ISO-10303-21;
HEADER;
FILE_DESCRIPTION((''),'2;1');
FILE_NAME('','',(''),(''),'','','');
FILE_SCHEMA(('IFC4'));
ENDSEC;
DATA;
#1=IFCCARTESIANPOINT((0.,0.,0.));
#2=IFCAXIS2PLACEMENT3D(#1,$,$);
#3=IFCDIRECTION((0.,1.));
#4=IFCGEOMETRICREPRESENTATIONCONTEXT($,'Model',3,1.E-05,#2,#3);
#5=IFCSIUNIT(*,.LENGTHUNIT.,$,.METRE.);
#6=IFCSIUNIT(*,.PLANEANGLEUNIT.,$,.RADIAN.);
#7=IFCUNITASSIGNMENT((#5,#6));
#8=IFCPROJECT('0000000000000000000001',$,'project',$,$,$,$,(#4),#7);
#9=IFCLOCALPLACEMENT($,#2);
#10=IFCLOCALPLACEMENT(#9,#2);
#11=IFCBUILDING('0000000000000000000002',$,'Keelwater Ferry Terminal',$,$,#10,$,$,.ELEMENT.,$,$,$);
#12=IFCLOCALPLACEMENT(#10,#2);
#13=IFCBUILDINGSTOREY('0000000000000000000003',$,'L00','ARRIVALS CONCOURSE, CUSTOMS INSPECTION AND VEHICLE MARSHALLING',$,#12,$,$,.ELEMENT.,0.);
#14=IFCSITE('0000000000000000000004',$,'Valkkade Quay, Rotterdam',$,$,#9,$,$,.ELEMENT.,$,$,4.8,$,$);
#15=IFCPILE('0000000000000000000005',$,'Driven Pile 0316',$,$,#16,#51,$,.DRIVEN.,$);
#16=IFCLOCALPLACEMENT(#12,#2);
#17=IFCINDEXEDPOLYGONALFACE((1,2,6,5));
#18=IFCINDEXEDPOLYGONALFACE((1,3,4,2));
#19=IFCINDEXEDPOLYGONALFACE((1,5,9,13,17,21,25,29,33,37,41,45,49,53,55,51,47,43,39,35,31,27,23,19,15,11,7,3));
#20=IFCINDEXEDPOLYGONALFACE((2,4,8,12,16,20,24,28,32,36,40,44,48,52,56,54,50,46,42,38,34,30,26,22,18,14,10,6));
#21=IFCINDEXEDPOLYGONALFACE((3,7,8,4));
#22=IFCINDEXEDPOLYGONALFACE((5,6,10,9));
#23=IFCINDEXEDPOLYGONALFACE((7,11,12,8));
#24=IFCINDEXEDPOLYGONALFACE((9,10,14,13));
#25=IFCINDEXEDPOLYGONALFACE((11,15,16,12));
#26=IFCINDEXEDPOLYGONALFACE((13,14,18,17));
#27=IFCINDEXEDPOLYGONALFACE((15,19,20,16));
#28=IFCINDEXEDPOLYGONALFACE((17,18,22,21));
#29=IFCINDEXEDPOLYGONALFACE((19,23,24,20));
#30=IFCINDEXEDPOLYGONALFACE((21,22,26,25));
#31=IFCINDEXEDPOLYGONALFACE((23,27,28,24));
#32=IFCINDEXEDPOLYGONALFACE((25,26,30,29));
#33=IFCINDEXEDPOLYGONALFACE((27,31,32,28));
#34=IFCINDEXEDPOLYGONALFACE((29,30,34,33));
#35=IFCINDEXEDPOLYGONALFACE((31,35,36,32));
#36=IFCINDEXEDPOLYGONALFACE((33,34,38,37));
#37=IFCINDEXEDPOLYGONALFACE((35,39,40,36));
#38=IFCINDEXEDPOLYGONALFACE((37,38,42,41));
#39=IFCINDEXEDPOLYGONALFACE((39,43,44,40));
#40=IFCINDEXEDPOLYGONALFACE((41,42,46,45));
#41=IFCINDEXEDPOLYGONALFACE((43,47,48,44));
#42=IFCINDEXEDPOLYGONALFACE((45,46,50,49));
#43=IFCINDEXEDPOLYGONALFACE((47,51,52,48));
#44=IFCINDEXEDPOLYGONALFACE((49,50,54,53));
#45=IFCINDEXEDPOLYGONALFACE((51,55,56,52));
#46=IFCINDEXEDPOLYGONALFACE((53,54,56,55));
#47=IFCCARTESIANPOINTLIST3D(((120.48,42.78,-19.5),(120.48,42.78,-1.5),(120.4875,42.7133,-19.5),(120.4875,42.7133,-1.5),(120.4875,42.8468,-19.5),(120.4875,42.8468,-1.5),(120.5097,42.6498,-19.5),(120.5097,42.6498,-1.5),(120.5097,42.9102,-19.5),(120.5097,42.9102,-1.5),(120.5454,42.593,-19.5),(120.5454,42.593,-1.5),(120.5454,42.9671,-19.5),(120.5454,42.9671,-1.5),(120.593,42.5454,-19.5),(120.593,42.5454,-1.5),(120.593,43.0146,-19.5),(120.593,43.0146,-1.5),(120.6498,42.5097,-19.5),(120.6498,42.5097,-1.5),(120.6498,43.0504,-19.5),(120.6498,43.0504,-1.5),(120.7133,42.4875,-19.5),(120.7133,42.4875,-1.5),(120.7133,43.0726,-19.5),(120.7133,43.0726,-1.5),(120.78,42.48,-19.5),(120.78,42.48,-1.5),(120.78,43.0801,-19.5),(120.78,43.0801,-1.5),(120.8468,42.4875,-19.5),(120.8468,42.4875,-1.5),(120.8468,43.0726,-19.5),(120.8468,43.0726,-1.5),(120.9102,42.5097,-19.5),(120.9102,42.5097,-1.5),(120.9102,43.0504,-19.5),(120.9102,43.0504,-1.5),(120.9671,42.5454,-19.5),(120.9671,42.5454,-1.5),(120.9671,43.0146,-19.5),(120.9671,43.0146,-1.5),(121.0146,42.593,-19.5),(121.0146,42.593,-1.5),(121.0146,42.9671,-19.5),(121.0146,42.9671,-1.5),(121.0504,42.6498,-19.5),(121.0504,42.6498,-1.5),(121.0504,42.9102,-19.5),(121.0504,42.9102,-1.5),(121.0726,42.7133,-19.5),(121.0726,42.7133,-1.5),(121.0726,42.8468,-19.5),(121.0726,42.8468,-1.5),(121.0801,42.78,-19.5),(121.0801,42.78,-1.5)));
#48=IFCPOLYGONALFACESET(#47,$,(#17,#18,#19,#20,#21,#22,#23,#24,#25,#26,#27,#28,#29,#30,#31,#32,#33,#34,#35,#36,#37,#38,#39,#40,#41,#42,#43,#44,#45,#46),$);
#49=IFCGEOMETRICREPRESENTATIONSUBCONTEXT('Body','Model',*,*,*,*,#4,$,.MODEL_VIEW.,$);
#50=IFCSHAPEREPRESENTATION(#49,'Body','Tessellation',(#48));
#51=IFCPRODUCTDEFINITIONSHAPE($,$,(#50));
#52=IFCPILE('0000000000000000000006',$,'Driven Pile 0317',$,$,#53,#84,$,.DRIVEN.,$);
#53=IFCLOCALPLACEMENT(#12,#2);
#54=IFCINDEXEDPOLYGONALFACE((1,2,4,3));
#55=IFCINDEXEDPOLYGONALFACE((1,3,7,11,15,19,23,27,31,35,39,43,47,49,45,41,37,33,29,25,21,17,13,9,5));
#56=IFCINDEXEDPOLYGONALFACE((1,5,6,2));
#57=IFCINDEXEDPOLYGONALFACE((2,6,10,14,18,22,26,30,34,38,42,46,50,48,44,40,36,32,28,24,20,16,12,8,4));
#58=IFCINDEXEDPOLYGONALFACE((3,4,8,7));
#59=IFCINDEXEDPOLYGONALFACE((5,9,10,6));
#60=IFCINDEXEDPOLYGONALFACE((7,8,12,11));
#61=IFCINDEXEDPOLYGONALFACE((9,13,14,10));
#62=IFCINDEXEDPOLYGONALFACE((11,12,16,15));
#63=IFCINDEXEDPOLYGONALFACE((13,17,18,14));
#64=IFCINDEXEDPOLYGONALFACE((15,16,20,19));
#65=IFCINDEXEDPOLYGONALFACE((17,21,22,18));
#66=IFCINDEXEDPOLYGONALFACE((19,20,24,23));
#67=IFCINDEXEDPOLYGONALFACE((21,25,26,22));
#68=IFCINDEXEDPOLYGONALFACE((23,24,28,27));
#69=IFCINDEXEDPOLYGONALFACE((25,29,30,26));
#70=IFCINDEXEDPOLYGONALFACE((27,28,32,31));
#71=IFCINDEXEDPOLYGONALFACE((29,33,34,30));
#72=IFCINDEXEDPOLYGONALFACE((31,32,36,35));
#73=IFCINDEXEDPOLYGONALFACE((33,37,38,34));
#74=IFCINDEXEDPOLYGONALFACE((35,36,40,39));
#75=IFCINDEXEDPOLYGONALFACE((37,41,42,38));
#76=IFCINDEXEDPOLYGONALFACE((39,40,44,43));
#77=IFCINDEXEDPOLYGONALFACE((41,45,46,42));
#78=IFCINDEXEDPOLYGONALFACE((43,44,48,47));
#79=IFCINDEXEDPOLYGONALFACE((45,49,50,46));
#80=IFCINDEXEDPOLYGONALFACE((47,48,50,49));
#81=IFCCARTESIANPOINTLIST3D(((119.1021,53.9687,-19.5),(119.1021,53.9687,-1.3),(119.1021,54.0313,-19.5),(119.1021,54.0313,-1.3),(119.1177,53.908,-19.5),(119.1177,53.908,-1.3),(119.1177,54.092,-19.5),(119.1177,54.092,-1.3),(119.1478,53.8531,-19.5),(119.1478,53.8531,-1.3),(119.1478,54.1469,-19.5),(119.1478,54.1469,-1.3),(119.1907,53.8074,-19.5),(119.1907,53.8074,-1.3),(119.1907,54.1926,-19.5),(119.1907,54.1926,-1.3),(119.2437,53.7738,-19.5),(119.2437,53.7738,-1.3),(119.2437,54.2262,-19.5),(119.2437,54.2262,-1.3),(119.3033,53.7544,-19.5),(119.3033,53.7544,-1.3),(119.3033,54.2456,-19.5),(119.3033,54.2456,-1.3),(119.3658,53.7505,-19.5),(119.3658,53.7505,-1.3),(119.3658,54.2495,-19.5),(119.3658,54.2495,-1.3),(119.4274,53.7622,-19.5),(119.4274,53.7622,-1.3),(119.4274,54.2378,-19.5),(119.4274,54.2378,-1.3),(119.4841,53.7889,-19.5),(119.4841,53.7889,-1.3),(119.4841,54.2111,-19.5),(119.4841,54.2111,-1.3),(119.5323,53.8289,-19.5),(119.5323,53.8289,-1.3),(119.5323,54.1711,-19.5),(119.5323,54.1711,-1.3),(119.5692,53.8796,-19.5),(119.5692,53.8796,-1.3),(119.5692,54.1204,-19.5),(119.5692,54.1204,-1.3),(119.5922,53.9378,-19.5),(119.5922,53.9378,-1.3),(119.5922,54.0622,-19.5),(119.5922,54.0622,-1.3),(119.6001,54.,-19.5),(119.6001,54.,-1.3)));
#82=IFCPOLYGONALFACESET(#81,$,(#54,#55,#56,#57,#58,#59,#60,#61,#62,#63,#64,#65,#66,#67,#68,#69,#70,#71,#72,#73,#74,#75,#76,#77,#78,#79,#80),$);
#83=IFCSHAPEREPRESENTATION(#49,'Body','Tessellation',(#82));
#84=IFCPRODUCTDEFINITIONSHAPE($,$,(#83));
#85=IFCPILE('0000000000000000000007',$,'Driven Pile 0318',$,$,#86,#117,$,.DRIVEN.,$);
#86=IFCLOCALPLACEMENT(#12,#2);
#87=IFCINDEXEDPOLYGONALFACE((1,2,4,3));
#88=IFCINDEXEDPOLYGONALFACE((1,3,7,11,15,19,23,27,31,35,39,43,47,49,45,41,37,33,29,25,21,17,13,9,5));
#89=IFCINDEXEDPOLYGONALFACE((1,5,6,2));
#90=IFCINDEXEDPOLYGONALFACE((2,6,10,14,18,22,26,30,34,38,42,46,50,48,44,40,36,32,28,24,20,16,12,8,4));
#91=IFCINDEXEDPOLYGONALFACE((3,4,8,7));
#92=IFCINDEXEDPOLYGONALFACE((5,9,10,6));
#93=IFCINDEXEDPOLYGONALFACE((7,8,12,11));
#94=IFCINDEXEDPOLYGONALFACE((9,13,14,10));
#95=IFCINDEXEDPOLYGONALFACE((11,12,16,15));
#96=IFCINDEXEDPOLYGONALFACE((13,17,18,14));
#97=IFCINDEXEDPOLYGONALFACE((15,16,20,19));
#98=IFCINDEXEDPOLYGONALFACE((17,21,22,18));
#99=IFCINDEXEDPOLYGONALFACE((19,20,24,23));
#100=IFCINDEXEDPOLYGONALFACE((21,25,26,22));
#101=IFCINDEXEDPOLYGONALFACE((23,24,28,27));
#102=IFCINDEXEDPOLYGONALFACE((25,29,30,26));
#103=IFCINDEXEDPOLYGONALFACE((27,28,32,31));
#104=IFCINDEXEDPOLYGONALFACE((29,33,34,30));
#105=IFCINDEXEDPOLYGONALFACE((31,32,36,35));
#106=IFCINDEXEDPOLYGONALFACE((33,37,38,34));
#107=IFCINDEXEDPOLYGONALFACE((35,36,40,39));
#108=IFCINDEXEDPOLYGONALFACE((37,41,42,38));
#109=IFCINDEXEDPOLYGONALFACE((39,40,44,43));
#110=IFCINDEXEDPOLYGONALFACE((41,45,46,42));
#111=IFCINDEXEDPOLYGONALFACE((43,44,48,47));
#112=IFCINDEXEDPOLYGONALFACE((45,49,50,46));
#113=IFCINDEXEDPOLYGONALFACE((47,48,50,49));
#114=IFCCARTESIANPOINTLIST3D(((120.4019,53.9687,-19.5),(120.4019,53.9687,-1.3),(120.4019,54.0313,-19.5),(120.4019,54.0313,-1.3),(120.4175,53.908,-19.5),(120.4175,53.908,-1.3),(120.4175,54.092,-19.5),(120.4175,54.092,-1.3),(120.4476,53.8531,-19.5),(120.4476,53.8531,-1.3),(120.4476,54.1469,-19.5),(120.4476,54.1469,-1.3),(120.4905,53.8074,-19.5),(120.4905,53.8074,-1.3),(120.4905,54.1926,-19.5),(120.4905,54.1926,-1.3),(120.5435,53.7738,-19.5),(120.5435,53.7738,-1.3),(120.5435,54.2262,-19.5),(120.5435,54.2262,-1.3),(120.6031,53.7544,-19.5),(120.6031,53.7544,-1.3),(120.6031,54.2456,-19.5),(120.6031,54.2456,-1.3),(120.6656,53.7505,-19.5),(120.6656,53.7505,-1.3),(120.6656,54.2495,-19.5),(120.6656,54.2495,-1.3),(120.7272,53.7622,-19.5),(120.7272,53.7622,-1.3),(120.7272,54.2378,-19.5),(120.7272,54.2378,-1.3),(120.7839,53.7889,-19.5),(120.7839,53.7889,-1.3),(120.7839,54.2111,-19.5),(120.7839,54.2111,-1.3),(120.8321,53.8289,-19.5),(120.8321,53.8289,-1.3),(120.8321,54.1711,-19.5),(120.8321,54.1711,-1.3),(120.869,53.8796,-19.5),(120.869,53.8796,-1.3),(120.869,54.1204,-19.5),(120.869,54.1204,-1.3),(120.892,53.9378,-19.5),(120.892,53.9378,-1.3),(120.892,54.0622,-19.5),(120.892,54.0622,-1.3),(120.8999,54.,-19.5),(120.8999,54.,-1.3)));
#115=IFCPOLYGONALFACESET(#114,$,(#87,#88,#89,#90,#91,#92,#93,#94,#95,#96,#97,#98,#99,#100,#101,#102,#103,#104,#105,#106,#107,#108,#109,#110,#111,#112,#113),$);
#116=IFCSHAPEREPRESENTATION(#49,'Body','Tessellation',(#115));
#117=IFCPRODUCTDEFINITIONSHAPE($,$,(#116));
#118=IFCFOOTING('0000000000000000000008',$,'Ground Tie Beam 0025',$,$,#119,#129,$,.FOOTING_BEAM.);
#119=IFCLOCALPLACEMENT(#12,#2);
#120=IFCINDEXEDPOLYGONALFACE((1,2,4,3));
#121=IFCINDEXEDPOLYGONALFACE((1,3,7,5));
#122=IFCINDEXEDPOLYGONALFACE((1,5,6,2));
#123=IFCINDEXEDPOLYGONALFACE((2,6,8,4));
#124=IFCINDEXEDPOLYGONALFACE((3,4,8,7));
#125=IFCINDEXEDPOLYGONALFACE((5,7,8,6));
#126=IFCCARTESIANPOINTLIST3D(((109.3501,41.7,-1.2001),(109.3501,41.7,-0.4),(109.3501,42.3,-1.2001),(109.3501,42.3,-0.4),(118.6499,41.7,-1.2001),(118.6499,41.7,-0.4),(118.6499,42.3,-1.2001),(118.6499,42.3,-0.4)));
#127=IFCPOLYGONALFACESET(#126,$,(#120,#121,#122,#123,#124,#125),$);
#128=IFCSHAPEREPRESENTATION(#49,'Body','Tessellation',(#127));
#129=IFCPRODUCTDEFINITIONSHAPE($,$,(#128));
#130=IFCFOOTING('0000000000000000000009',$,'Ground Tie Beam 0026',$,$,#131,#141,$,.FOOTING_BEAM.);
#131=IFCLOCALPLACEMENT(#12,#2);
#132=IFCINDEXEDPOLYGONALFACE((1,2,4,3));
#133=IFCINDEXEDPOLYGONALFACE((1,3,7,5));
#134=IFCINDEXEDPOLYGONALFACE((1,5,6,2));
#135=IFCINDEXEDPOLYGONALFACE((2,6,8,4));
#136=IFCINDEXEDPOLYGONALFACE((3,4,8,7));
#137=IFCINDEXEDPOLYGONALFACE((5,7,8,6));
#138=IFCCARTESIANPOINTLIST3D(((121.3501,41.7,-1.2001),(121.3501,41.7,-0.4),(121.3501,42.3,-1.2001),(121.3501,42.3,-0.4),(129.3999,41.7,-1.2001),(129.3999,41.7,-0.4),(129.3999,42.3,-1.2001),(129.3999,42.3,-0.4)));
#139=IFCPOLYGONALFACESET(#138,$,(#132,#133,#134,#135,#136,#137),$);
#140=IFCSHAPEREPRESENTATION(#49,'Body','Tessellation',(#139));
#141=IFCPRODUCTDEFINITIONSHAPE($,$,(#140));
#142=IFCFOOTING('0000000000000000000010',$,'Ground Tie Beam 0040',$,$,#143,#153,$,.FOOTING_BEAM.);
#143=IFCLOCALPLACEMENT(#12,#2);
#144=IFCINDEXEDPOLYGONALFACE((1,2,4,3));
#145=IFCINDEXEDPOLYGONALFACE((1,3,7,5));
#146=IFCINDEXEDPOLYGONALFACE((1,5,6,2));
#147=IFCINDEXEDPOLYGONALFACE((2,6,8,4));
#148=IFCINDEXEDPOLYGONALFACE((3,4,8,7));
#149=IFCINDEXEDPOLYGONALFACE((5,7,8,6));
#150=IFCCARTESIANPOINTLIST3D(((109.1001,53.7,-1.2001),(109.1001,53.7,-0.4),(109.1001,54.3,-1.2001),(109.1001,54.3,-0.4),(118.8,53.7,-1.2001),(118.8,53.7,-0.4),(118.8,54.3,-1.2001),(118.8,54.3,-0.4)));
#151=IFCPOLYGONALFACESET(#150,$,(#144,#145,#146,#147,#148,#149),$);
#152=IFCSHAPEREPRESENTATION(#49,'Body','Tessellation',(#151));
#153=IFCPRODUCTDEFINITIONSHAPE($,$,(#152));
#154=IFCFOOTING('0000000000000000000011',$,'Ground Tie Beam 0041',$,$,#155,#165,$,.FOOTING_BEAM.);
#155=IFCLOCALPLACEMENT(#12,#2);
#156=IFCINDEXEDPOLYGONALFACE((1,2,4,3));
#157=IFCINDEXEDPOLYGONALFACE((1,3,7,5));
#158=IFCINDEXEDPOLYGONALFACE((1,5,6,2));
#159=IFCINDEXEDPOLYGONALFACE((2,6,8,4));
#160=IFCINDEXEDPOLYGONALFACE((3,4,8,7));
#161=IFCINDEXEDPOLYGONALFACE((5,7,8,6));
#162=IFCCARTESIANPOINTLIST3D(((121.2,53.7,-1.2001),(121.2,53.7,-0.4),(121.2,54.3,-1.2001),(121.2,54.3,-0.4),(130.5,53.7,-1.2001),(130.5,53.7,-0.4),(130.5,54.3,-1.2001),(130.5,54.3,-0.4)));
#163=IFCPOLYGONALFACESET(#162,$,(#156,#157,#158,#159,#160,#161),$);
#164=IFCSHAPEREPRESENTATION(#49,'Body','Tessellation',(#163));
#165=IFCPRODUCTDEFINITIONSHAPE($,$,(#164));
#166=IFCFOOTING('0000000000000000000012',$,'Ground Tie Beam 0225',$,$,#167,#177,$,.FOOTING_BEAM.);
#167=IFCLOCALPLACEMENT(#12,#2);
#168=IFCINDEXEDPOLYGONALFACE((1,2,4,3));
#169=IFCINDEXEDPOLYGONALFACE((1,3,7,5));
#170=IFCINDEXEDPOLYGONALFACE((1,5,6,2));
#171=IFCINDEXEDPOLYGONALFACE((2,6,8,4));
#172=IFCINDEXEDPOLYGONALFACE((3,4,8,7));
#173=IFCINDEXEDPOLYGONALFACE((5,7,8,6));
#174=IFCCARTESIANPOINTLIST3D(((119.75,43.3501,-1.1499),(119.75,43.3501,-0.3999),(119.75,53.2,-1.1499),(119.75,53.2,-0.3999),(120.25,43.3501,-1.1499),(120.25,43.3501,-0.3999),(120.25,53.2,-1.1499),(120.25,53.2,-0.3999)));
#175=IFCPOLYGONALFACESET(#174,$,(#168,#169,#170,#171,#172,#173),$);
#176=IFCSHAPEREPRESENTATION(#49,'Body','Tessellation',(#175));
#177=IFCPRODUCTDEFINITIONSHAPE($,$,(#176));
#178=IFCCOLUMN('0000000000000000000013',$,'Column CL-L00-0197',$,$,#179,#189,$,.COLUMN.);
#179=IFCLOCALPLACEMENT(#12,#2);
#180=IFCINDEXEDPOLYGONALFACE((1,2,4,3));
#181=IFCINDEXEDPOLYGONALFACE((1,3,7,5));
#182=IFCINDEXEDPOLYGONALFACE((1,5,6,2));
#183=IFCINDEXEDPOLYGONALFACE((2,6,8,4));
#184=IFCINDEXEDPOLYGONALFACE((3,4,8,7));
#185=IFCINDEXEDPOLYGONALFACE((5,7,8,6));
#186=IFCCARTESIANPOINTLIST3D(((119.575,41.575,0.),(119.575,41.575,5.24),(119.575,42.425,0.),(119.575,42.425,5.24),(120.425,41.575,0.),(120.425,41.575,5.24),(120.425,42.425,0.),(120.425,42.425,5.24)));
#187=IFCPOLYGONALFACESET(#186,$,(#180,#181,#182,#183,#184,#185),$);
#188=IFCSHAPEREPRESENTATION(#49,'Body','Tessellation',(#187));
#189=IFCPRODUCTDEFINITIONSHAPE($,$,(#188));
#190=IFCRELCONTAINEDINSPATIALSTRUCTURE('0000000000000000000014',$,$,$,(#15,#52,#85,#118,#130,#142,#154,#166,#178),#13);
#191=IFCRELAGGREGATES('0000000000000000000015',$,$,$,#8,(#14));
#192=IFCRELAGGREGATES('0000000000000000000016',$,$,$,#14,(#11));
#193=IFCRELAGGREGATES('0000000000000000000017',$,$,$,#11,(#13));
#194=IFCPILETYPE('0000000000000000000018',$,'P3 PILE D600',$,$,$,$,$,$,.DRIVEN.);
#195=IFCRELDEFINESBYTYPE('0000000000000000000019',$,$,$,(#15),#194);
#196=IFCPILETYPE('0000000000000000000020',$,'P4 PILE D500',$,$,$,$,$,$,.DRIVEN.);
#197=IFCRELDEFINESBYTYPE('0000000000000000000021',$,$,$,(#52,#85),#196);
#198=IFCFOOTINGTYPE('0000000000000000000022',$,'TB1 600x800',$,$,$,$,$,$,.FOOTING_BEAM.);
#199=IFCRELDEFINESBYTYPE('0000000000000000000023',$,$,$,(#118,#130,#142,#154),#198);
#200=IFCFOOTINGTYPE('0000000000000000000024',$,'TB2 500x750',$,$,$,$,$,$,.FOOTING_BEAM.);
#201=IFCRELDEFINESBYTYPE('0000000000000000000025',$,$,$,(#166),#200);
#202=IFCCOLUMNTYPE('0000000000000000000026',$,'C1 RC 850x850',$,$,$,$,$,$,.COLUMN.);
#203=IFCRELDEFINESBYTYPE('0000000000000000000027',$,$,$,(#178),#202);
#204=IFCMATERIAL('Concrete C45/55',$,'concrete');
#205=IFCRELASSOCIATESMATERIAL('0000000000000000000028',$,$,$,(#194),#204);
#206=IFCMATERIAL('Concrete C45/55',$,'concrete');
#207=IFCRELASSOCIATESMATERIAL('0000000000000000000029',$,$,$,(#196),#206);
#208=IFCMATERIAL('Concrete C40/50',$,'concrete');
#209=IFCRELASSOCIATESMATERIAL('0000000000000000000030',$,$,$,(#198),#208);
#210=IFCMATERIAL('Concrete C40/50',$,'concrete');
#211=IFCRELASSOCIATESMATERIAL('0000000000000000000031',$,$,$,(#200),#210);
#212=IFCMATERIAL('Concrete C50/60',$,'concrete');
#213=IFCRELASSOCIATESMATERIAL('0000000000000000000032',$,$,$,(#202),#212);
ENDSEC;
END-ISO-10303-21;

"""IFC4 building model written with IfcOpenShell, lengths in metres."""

from ifc_helpers import new_model, si_unit, direction, frame, origin, origin_2d, place, context, subcontext, project, spatial, rectangle, circle, extrude, material, material_profile, profile_set, type_object, element, save


model = new_model("IFC4")

# Units and contexts
model_context = context("Model", 3, precision=1e-05, world=origin(), true_north=direction((0.0, 1.0)))
body_context = subcontext(model_context, "Body", "Model", "MODEL_VIEW")
ifc_project = project(units=[si_unit("LENGTHUNIT", "METRE"), si_unit("PLANEANGLEUNIT", "RADIAN")], contexts=[model_context])

# Site, building, storey
site_placement = place(None, origin())
site = spatial("IfcSite", under=ifc_project, at=site_placement, Name="Valkkade Quay, Rotterdam", CompositionType="ELEMENT", RefElevation=4.8)
building_placement = place(site_placement, origin())
building = spatial("IfcBuilding", under=site, at=building_placement, Name="Keelwater Ferry Terminal", CompositionType="ELEMENT")
storey_placement = place(building_placement, origin())
storey = spatial("IfcBuildingStorey", under=building, at=storey_placement, Name="L00", Description="ARRIVALS CONCOURSE, CUSTOMS INSPECTION AND VEHICLE MARSHALLING", CompositionType="ELEMENT", Elevation=0.0)

# Piles
ifc_material_1 = material(Name="Concrete C45/55", Category="concrete")
ifc_material_profile_1 = material_profile(ifc_material_1, circle(Radius=0.3, at=origin_2d()), Name="PILE D600")
ifc_profile_set_1 = profile_set([ifc_material_profile_1], Name="Concrete C45/55")
pile_type_1 = type_object("IfcPileType", Name="P3 PILE D600", PredefinedType="DRIVEN", material=ifc_profile_set_1)
for number, where, z_axis, x_axis, name in (
    (1, (120.78, 42.78, -1.5), (0.0, 0.0, -1.0), (1.0, 0.0, 0.0), "Driven Pile 0316"),
):
    element("IfcPile", number, at=place(storey_placement, frame(where, z_axis=z_axis, x_axis=x_axis)), inside=storey, type_object=pile_type_1, Name=name, PredefinedType="DRIVEN", context=body_context, shape_type="SweptSolid", body=[
        extrude(circle(Radius=0.3, at=origin_2d()), origin(), (0.0, 0.0, 1.0), 18.0),
    ])
ifc_material_2 = material(Name="Concrete C45/55", Category="concrete")
ifc_material_profile_2 = material_profile(ifc_material_2, circle(Radius=0.25, at=origin_2d()), Name="PILE D500")
ifc_profile_set_2 = profile_set([ifc_material_profile_2], Name="Concrete C45/55")
pile_type_2 = type_object("IfcPileType", Name="P4 PILE D500", PredefinedType="DRIVEN", material=ifc_profile_set_2)
for number, where, z_axis, x_axis, name in (
    (2, (119.3501, 54.0, -1.3), (0.0, 0.0, -1.0), (1.0, 0.0, 0.0), "Driven Pile 0317"),
    (3, (120.6499, 54.0, -1.3), (0.0, 0.0, -1.0), (1.0, 0.0, 0.0), "Driven Pile 0318"),
):
    element("IfcPile", number, at=place(storey_placement, frame(where, z_axis=z_axis, x_axis=x_axis)), inside=storey, type_object=pile_type_2, Name=name, PredefinedType="DRIVEN", context=body_context, shape_type="SweptSolid", body=[
        extrude(circle(Radius=0.25, at=origin_2d()), origin(), (0.0, 0.0, 1.0), 18.2),
    ])

# Footings
ifc_material_3 = material(Name="Concrete C40/50", Category="concrete")
ifc_material_profile_3 = material_profile(ifc_material_3, rectangle(XDim=0.6001, YDim=0.8, at=origin_2d()), Name="TB 600x800")
ifc_profile_set_3 = profile_set([ifc_material_profile_3], Name="Concrete C40/50")
footing_type_1 = type_object("IfcFootingType", Name="TB1 600x800", PredefinedType="FOOTING_BEAM", material=ifc_profile_set_3)
footing_1_placement = place(storey_placement, frame((109.3501, 42.0, -0.8), z_axis=(1.0, 0.0, 0.0), x_axis=(0.0, 1.0, 0.0)))
element("IfcFooting", 4, at=footing_1_placement, inside=storey, type_object=footing_type_1, Name="Ground Tie Beam 0025", PredefinedType="FOOTING_BEAM", context=body_context, shape_type="SweptSolid", body=[
    extrude(rectangle(XDim=0.6001, YDim=0.8, at=origin_2d()), origin(), (0.0, 0.0, 1.0), 9.2998),
])
footing_2_placement = place(storey_placement, frame((121.3501, 42.0, -0.8), z_axis=(1.0, 0.0, 0.0), x_axis=(0.0, 1.0, 0.0)))
element("IfcFooting", 5, at=footing_2_placement, inside=storey, type_object=footing_type_1, Name="Ground Tie Beam 0026", PredefinedType="FOOTING_BEAM", context=body_context, shape_type="SweptSolid", body=[
    extrude(rectangle(XDim=0.6001, YDim=0.8, at=origin_2d()), origin(), (0.0, 0.0, 1.0), 8.0498),
])
footing_3_placement = place(storey_placement, frame((109.1001, 54.0, -0.8), z_axis=(1.0, 0.0, 0.0), x_axis=(0.0, 1.0, 0.0)))
element("IfcFooting", 6, at=footing_3_placement, inside=storey, type_object=footing_type_1, Name="Ground Tie Beam 0040", PredefinedType="FOOTING_BEAM", context=body_context, shape_type="SweptSolid", body=[
    extrude(rectangle(XDim=0.6001, YDim=0.8, at=origin_2d()), origin(), (0.0, 0.0, 1.0), 9.7),
])
footing_4_placement = place(storey_placement, frame((121.2, 54.0, -0.8), z_axis=(1.0, 0.0, 0.0), x_axis=(0.0, 1.0, 0.0)))
element("IfcFooting", 7, at=footing_4_placement, inside=storey, type_object=footing_type_1, Name="Ground Tie Beam 0041", PredefinedType="FOOTING_BEAM", context=body_context, shape_type="SweptSolid", body=[
    extrude(rectangle(XDim=0.6001, YDim=0.8, at=origin_2d()), origin(), (0.0, 0.0, 1.0), 9.3),
])
ifc_material_4 = material(Name="Concrete C40/50", Category="concrete")
ifc_material_profile_4 = material_profile(ifc_material_4, rectangle(XDim=0.5, YDim=0.75, at=origin_2d()), Name="TB 500x750")
ifc_profile_set_4 = profile_set([ifc_material_profile_4], Name="Concrete C40/50")
footing_type_2 = type_object("IfcFootingType", Name="TB2 500x750", PredefinedType="FOOTING_BEAM", material=ifc_profile_set_4)
footing_5_placement = place(storey_placement, frame((120.0, 43.3501, -0.7749), z_axis=(0.0, 1.0, 0.0), x_axis=(-1.0, 0.0, 0.0)))
element("IfcFooting", 8, at=footing_5_placement, inside=storey, type_object=footing_type_2, Name="Ground Tie Beam 0225", PredefinedType="FOOTING_BEAM", context=body_context, shape_type="SweptSolid", body=[
    extrude(rectangle(XDim=0.5, YDim=0.75, at=origin_2d()), origin(), (0.0, 0.0, 1.0), 9.8499),
])

# Column
ifc_material_5 = material(Name="Concrete C50/60", Category="concrete")
ifc_material_profile_5 = material_profile(ifc_material_5, rectangle(XDim=0.8501, YDim=0.8501, at=origin_2d()), Name="RC 850x850")
ifc_profile_set_5 = profile_set([ifc_material_profile_5], Name="Concrete C50/60")
column_type = type_object("IfcColumnType", Name="C1 RC 850x850", PredefinedType="COLUMN", material=ifc_profile_set_5)
for number, where, z_axis, x_axis, name in (
    (9, (120.0, 42.0, 0.0), (0.0, 0.0, 1.0), (1.0, 0.0, 0.0), "Column CL-L00-0197"),
):
    element("IfcColumn", number, at=place(storey_placement, frame(where, z_axis=z_axis, x_axis=x_axis)), inside=storey, type_object=column_type, Name=name, PredefinedType="COLUMN", context=body_context, shape_type="SweptSolid", body=[
        extrude(rectangle(XDim=0.8501, YDim=0.8501, at=origin_2d()), origin(), (0.0, 0.0, 1.0), 5.24),
    ])

save(model, "model.ifc")
